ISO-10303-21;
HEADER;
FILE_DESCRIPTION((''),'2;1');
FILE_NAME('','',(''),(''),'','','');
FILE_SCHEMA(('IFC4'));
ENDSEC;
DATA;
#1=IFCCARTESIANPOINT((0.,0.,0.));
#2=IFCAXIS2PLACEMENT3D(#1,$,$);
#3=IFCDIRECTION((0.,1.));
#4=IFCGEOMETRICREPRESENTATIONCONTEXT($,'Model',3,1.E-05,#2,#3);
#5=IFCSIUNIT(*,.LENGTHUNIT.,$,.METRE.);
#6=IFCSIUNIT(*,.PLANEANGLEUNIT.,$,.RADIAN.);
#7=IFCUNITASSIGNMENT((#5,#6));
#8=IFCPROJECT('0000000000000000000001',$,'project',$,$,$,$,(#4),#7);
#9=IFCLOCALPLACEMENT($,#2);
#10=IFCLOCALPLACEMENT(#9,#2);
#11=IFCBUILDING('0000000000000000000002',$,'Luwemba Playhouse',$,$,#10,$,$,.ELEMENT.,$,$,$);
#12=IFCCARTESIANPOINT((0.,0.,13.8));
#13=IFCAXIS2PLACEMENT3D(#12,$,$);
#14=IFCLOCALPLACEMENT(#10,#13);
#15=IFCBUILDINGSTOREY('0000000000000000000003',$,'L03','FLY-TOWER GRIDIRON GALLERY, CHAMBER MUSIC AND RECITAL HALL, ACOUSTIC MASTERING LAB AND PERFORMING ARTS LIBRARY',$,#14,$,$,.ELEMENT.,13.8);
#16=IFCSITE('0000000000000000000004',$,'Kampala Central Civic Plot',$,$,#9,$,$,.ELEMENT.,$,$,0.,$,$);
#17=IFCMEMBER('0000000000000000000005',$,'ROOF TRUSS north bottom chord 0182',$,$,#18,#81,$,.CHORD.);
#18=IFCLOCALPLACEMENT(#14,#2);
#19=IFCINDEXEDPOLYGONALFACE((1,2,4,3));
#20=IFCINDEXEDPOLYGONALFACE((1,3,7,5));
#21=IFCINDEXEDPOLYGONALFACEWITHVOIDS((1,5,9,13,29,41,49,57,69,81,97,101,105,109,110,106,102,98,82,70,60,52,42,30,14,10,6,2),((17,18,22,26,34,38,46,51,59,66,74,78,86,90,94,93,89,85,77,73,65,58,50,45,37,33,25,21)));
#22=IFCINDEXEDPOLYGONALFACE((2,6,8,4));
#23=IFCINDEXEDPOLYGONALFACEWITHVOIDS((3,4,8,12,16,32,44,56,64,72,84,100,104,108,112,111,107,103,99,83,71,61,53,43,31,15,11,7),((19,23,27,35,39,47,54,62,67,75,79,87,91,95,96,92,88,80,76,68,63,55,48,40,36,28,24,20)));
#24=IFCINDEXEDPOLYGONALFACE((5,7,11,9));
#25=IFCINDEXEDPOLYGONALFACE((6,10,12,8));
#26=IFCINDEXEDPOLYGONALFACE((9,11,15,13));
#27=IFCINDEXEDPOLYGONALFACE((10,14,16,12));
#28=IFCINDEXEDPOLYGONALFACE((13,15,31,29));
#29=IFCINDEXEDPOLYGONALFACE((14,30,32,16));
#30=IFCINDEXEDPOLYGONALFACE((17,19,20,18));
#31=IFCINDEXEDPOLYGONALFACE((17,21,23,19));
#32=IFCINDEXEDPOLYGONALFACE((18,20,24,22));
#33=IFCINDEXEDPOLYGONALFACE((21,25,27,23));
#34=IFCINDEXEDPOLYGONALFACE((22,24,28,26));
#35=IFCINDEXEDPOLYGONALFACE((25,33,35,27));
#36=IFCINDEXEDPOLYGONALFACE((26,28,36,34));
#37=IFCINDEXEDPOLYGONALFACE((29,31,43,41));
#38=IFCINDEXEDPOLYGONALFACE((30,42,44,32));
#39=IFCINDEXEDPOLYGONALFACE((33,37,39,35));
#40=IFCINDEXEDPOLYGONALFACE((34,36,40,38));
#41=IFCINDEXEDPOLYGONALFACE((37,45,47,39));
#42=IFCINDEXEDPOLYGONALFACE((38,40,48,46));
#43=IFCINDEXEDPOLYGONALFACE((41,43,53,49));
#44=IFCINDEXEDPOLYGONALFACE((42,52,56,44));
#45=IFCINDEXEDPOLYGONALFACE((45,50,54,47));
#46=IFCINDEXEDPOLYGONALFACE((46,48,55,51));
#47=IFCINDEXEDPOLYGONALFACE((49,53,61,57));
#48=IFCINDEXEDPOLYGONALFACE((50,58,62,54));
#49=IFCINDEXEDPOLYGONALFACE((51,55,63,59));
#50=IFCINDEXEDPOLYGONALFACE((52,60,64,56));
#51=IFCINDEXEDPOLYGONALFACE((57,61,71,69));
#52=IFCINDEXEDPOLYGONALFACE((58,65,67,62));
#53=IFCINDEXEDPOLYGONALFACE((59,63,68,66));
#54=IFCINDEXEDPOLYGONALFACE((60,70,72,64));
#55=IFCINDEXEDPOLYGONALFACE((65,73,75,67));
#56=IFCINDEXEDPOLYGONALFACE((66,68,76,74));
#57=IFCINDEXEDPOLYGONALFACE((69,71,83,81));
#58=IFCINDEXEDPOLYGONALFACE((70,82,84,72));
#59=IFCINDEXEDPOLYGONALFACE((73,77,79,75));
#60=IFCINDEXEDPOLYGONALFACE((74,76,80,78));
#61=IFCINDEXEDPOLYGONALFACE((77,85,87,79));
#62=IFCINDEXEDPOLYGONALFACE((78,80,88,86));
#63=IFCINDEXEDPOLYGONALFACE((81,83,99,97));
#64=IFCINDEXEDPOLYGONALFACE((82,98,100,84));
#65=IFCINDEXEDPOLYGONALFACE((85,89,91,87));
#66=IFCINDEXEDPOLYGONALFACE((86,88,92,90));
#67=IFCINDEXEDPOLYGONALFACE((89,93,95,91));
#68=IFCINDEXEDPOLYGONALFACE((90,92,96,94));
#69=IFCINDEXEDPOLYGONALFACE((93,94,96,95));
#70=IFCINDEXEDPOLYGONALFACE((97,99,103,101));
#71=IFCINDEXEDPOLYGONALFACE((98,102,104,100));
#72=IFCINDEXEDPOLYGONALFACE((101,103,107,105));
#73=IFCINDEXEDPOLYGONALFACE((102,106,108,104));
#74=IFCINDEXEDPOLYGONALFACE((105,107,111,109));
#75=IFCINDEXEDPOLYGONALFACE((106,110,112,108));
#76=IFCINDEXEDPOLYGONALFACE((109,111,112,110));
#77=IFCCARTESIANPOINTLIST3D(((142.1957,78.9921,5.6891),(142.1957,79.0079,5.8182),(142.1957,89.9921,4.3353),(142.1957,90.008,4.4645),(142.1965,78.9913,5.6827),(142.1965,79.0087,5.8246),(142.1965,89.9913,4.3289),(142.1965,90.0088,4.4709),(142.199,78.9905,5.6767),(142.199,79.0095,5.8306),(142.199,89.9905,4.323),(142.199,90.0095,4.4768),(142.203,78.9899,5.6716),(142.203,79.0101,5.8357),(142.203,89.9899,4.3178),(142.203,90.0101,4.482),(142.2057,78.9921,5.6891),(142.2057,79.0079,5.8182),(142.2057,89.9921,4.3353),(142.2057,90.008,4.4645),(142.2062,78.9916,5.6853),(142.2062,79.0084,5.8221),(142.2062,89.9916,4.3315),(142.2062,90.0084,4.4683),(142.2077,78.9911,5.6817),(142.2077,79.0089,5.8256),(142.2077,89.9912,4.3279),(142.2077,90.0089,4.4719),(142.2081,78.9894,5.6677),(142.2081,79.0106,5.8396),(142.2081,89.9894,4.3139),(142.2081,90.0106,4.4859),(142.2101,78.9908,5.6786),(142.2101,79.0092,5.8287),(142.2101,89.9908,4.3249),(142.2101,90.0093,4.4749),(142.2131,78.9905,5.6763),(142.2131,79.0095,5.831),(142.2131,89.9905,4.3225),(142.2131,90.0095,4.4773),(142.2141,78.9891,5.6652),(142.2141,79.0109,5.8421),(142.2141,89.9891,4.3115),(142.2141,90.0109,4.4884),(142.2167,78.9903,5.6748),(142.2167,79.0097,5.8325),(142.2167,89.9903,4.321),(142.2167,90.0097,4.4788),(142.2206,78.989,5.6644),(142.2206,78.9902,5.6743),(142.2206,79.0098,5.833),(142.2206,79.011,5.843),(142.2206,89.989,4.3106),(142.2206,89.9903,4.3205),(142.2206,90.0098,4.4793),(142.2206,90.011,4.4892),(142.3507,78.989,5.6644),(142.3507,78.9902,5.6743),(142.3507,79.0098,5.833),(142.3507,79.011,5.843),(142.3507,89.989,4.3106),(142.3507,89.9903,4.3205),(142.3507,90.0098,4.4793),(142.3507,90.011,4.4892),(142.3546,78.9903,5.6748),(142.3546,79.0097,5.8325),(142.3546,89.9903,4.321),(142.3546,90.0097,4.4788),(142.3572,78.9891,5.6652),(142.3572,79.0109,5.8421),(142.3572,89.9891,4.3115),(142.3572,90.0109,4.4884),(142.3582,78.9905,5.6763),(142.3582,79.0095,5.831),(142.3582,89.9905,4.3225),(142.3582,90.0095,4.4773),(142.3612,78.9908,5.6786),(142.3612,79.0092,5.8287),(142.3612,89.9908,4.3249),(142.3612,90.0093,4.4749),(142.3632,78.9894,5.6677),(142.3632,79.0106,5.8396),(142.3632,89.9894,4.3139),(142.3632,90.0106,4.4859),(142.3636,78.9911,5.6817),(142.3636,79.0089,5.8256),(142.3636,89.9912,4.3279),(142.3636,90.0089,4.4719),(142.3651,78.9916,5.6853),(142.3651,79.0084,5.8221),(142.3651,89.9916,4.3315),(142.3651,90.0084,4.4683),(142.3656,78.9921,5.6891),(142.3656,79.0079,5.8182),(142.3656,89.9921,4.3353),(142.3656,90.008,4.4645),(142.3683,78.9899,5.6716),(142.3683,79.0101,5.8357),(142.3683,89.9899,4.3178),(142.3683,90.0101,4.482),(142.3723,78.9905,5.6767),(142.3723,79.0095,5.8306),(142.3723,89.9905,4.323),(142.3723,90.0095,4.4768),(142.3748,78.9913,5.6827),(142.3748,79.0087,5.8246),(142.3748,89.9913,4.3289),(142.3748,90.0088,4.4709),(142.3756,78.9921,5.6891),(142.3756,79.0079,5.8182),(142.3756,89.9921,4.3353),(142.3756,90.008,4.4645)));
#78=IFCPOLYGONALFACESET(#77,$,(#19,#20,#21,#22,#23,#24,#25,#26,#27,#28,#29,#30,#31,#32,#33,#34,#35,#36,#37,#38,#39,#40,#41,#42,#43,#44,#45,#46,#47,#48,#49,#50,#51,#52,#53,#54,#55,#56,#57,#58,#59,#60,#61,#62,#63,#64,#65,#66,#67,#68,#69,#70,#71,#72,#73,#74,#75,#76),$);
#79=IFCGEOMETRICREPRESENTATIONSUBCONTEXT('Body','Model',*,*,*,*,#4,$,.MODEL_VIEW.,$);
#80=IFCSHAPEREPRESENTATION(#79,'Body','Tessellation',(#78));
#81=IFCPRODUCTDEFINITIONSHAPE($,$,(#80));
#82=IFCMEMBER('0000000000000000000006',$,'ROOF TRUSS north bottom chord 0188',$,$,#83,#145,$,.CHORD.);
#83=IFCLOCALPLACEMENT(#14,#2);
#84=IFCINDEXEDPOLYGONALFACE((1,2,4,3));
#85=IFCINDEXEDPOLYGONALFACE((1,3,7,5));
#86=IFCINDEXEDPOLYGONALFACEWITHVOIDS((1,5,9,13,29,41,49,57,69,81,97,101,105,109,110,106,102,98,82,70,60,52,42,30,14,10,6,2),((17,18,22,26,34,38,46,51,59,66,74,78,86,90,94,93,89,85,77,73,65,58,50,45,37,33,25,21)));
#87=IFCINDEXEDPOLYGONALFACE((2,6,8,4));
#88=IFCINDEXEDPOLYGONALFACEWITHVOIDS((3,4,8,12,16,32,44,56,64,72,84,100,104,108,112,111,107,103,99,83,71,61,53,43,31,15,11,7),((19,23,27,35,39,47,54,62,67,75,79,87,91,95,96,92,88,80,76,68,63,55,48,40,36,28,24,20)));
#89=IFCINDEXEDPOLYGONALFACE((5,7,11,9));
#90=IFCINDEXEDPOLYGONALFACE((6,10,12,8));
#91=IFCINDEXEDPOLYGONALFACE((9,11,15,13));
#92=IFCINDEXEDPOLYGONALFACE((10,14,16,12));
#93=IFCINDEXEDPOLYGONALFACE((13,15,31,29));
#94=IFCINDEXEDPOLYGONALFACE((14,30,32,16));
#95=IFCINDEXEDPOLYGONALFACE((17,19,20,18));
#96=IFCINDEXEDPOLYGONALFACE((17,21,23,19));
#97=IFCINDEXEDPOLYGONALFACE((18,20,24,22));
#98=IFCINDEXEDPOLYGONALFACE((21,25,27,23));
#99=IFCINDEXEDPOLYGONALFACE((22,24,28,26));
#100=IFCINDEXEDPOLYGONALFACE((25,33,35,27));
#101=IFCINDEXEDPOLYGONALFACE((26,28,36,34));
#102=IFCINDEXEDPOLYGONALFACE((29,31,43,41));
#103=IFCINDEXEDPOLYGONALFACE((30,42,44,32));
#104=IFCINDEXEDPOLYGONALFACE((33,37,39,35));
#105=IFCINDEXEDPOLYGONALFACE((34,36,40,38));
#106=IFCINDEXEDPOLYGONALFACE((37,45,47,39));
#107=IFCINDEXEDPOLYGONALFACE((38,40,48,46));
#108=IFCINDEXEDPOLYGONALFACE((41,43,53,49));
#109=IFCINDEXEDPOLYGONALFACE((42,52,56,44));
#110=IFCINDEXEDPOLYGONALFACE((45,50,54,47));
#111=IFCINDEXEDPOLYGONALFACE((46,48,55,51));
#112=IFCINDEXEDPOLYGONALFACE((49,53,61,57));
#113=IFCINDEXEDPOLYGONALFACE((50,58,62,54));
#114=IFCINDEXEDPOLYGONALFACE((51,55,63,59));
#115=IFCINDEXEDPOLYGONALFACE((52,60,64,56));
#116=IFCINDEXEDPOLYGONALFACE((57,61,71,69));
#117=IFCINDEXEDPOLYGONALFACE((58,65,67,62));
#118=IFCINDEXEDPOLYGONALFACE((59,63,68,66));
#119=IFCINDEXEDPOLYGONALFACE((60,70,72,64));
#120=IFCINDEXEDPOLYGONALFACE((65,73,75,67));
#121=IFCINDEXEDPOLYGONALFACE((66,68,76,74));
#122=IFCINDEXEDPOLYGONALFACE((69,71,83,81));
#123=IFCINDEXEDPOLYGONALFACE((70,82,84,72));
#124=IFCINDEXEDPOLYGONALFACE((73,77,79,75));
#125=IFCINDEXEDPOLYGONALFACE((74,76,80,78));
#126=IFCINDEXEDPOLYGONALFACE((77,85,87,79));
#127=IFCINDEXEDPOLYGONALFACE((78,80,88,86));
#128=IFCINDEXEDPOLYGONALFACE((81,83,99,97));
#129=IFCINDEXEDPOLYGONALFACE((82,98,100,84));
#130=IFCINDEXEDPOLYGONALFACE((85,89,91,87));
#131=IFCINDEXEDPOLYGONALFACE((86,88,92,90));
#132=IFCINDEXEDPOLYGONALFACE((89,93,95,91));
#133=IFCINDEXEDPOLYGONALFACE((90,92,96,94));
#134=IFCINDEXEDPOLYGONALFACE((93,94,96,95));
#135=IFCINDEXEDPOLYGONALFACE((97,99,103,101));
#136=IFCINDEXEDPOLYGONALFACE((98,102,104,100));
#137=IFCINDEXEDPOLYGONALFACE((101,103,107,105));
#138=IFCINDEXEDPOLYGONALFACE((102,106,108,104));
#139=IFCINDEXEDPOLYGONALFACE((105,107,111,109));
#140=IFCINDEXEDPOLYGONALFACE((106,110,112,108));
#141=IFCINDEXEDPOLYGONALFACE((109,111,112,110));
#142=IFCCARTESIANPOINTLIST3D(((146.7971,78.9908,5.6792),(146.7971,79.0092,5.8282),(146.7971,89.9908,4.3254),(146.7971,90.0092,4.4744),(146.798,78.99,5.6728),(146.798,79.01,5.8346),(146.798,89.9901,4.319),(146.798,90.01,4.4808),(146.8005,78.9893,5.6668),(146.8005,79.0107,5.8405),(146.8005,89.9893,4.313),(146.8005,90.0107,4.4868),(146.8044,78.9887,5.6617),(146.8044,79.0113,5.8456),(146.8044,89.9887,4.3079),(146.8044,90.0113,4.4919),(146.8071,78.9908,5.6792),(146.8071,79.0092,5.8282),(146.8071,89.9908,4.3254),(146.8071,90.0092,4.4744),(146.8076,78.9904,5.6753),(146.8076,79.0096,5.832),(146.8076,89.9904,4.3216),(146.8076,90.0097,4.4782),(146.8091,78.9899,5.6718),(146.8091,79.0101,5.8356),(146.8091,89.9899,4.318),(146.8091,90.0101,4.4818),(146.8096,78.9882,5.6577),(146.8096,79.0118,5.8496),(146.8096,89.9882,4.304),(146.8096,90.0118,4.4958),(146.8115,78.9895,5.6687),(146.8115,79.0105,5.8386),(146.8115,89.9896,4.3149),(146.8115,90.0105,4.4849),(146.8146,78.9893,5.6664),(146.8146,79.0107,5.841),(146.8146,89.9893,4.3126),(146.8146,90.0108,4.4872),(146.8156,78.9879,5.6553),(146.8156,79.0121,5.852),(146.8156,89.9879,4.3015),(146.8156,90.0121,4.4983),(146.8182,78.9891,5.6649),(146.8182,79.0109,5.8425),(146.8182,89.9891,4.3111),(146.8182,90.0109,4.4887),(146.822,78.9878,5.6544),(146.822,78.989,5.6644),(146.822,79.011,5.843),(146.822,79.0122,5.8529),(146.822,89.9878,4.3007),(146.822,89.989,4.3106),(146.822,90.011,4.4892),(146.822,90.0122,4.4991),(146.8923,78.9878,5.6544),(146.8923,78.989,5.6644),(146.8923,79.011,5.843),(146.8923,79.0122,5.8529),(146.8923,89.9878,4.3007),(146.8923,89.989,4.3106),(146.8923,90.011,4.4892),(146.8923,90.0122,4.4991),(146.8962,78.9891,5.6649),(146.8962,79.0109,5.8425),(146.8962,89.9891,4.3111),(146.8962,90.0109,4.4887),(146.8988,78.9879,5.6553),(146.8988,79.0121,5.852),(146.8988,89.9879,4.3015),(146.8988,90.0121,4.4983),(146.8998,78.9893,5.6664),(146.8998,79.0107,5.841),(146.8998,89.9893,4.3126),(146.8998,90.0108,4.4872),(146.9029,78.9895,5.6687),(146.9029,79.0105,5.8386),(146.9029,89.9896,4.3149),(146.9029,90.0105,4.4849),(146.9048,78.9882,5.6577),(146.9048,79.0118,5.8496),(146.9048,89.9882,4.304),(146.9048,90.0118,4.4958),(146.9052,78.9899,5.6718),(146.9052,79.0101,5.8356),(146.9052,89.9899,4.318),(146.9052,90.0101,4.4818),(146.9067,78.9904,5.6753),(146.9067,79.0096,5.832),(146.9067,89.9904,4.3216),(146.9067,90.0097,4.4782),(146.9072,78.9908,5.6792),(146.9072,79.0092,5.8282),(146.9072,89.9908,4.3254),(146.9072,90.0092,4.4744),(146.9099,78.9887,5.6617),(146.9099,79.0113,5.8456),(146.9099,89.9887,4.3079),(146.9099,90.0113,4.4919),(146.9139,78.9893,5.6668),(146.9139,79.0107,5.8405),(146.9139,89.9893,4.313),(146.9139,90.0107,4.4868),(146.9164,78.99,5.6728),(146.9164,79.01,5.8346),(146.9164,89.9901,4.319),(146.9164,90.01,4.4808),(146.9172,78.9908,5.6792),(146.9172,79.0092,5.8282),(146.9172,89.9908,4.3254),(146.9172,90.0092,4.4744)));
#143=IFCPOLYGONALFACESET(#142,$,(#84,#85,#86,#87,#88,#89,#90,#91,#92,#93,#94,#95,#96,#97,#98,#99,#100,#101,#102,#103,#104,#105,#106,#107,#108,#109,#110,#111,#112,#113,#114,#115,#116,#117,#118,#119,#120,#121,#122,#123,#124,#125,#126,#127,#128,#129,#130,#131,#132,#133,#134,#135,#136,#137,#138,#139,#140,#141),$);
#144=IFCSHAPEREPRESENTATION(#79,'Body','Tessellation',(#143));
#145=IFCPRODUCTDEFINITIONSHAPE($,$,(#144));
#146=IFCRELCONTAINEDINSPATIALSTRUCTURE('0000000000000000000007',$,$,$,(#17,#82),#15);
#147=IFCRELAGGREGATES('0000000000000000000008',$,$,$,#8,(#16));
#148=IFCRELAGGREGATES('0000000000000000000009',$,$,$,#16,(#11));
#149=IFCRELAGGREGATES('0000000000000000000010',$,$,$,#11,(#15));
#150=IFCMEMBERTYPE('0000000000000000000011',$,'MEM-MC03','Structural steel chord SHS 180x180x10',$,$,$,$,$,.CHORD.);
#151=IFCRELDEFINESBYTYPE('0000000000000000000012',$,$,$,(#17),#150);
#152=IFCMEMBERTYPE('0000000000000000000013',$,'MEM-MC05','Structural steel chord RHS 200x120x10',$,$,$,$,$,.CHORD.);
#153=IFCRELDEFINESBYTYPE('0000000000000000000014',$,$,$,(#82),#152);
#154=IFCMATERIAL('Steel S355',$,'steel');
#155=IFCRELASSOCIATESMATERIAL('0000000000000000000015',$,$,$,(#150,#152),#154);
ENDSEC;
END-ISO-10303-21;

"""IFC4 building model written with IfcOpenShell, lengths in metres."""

from ifc_helpers import new_model, si_unit, direction, frame, origin, origin_2d, place, context, subcontext, project, spatial, hollow_rectangle, extrude, material, material_profile, profile_set, type_object, element, save


model = new_model("IFC4")

# Units and contexts
model_context = context("Model", 3, precision=1e-05, world=origin(), true_north=direction((0.0, 1.0)))
body_context = subcontext(model_context, "Body", "Model", "MODEL_VIEW")
ifc_project = project(units=[si_unit("LENGTHUNIT", "METRE"), si_unit("PLANEANGLEUNIT", "RADIAN")], contexts=[model_context])

# Site, building, storey
site_placement = place(None, origin())
site = spatial("IfcSite", under=ifc_project, at=site_placement, Name="Kampala Central Civic Plot", CompositionType="ELEMENT", RefElevation=0.0)
building_placement = place(site_placement, origin())
building = spatial("IfcBuilding", under=site, at=building_placement, Name="Luwemba Playhouse", CompositionType="ELEMENT")
storey_placement = place(building_placement, frame((0.0, 0.0, 13.8)))
storey = spatial("IfcBuildingStorey", under=building, at=storey_placement, Name="L03", Description="FLY-TOWER GRIDIRON GALLERY, CHAMBER MUSIC AND RECITAL HALL, ACOUSTIC MASTERING LAB AND PERFORMING ARTS LIBRARY", CompositionType="ELEMENT", Elevation=13.8)

# Shared definitions
ifc_material_1 = material(Name="Steel S355", Category="steel")

# Members
ifc_material_profile_1 = material_profile(ifc_material_1, hollow_rectangle(XDim=0.1799, YDim=0.1799, WallThickness=0.01, InnerFilletRadius=0.0149, OuterFilletRadius=0.0249, at=origin_2d()))
ifc_profile_set_1 = profile_set([ifc_material_profile_1], Name="Steel S355")
member_type_1 = type_object("IfcMemberType", Name="MEM-MC03", Description="Structural steel chord SHS 180x180x10", PredefinedType="CHORD", material=ifc_profile_set_1)
member_1_placement = place(storey_placement, frame((142.2856, 79.0, 5.7537), z_axis=(0.0, 0.992512, -0.122148), x_axis=(-1.0, 0.0, 0.0)))
element("IfcMember", 1, at=member_1_placement, inside=storey, type_object=member_type_1, Name="ROOF TRUSS north bottom chord 0182", PredefinedType="CHORD", context=body_context, shape_type="SweptSolid", body=[
    extrude(hollow_rectangle(XDim=0.1799, YDim=0.1799, WallThickness=0.01, InnerFilletRadius=0.0149, OuterFilletRadius=0.0249, at=origin_2d()), origin(), (0.0, 0.0, 1.0), 11.083),
])
ifc_material_profile_2 = material_profile(ifc_material_1, hollow_rectangle(XDim=0.1201, YDim=0.2, WallThickness=0.01, InnerFilletRadius=0.0149, OuterFilletRadius=0.0249, at=origin_2d()))
ifc_profile_set_2 = profile_set([ifc_material_profile_2], Name="Steel S355")
member_type_2 = type_object("IfcMemberType", Name="MEM-MC05", Description="Structural steel chord RHS 200x120x10", PredefinedType="CHORD", material=ifc_profile_set_2)
member_2_placement = place(storey_placement, frame((146.8572, 79.0, 5.7537), z_axis=(0.0, 0.992512, -0.122148), x_axis=(-1.0, 0.0, 0.0)))
element("IfcMember", 2, at=member_2_placement, inside=storey, type_object=member_type_2, Name="ROOF TRUSS north bottom chord 0188", PredefinedType="CHORD", context=body_context, shape_type="SweptSolid", body=[
    extrude(hollow_rectangle(XDim=0.1201, YDim=0.2, WallThickness=0.01, InnerFilletRadius=0.0149, OuterFilletRadius=0.0249, at=origin_2d()), origin(), (0.0, 0.0, 1.0), 11.083),
])

save(model, "model.ifc")
